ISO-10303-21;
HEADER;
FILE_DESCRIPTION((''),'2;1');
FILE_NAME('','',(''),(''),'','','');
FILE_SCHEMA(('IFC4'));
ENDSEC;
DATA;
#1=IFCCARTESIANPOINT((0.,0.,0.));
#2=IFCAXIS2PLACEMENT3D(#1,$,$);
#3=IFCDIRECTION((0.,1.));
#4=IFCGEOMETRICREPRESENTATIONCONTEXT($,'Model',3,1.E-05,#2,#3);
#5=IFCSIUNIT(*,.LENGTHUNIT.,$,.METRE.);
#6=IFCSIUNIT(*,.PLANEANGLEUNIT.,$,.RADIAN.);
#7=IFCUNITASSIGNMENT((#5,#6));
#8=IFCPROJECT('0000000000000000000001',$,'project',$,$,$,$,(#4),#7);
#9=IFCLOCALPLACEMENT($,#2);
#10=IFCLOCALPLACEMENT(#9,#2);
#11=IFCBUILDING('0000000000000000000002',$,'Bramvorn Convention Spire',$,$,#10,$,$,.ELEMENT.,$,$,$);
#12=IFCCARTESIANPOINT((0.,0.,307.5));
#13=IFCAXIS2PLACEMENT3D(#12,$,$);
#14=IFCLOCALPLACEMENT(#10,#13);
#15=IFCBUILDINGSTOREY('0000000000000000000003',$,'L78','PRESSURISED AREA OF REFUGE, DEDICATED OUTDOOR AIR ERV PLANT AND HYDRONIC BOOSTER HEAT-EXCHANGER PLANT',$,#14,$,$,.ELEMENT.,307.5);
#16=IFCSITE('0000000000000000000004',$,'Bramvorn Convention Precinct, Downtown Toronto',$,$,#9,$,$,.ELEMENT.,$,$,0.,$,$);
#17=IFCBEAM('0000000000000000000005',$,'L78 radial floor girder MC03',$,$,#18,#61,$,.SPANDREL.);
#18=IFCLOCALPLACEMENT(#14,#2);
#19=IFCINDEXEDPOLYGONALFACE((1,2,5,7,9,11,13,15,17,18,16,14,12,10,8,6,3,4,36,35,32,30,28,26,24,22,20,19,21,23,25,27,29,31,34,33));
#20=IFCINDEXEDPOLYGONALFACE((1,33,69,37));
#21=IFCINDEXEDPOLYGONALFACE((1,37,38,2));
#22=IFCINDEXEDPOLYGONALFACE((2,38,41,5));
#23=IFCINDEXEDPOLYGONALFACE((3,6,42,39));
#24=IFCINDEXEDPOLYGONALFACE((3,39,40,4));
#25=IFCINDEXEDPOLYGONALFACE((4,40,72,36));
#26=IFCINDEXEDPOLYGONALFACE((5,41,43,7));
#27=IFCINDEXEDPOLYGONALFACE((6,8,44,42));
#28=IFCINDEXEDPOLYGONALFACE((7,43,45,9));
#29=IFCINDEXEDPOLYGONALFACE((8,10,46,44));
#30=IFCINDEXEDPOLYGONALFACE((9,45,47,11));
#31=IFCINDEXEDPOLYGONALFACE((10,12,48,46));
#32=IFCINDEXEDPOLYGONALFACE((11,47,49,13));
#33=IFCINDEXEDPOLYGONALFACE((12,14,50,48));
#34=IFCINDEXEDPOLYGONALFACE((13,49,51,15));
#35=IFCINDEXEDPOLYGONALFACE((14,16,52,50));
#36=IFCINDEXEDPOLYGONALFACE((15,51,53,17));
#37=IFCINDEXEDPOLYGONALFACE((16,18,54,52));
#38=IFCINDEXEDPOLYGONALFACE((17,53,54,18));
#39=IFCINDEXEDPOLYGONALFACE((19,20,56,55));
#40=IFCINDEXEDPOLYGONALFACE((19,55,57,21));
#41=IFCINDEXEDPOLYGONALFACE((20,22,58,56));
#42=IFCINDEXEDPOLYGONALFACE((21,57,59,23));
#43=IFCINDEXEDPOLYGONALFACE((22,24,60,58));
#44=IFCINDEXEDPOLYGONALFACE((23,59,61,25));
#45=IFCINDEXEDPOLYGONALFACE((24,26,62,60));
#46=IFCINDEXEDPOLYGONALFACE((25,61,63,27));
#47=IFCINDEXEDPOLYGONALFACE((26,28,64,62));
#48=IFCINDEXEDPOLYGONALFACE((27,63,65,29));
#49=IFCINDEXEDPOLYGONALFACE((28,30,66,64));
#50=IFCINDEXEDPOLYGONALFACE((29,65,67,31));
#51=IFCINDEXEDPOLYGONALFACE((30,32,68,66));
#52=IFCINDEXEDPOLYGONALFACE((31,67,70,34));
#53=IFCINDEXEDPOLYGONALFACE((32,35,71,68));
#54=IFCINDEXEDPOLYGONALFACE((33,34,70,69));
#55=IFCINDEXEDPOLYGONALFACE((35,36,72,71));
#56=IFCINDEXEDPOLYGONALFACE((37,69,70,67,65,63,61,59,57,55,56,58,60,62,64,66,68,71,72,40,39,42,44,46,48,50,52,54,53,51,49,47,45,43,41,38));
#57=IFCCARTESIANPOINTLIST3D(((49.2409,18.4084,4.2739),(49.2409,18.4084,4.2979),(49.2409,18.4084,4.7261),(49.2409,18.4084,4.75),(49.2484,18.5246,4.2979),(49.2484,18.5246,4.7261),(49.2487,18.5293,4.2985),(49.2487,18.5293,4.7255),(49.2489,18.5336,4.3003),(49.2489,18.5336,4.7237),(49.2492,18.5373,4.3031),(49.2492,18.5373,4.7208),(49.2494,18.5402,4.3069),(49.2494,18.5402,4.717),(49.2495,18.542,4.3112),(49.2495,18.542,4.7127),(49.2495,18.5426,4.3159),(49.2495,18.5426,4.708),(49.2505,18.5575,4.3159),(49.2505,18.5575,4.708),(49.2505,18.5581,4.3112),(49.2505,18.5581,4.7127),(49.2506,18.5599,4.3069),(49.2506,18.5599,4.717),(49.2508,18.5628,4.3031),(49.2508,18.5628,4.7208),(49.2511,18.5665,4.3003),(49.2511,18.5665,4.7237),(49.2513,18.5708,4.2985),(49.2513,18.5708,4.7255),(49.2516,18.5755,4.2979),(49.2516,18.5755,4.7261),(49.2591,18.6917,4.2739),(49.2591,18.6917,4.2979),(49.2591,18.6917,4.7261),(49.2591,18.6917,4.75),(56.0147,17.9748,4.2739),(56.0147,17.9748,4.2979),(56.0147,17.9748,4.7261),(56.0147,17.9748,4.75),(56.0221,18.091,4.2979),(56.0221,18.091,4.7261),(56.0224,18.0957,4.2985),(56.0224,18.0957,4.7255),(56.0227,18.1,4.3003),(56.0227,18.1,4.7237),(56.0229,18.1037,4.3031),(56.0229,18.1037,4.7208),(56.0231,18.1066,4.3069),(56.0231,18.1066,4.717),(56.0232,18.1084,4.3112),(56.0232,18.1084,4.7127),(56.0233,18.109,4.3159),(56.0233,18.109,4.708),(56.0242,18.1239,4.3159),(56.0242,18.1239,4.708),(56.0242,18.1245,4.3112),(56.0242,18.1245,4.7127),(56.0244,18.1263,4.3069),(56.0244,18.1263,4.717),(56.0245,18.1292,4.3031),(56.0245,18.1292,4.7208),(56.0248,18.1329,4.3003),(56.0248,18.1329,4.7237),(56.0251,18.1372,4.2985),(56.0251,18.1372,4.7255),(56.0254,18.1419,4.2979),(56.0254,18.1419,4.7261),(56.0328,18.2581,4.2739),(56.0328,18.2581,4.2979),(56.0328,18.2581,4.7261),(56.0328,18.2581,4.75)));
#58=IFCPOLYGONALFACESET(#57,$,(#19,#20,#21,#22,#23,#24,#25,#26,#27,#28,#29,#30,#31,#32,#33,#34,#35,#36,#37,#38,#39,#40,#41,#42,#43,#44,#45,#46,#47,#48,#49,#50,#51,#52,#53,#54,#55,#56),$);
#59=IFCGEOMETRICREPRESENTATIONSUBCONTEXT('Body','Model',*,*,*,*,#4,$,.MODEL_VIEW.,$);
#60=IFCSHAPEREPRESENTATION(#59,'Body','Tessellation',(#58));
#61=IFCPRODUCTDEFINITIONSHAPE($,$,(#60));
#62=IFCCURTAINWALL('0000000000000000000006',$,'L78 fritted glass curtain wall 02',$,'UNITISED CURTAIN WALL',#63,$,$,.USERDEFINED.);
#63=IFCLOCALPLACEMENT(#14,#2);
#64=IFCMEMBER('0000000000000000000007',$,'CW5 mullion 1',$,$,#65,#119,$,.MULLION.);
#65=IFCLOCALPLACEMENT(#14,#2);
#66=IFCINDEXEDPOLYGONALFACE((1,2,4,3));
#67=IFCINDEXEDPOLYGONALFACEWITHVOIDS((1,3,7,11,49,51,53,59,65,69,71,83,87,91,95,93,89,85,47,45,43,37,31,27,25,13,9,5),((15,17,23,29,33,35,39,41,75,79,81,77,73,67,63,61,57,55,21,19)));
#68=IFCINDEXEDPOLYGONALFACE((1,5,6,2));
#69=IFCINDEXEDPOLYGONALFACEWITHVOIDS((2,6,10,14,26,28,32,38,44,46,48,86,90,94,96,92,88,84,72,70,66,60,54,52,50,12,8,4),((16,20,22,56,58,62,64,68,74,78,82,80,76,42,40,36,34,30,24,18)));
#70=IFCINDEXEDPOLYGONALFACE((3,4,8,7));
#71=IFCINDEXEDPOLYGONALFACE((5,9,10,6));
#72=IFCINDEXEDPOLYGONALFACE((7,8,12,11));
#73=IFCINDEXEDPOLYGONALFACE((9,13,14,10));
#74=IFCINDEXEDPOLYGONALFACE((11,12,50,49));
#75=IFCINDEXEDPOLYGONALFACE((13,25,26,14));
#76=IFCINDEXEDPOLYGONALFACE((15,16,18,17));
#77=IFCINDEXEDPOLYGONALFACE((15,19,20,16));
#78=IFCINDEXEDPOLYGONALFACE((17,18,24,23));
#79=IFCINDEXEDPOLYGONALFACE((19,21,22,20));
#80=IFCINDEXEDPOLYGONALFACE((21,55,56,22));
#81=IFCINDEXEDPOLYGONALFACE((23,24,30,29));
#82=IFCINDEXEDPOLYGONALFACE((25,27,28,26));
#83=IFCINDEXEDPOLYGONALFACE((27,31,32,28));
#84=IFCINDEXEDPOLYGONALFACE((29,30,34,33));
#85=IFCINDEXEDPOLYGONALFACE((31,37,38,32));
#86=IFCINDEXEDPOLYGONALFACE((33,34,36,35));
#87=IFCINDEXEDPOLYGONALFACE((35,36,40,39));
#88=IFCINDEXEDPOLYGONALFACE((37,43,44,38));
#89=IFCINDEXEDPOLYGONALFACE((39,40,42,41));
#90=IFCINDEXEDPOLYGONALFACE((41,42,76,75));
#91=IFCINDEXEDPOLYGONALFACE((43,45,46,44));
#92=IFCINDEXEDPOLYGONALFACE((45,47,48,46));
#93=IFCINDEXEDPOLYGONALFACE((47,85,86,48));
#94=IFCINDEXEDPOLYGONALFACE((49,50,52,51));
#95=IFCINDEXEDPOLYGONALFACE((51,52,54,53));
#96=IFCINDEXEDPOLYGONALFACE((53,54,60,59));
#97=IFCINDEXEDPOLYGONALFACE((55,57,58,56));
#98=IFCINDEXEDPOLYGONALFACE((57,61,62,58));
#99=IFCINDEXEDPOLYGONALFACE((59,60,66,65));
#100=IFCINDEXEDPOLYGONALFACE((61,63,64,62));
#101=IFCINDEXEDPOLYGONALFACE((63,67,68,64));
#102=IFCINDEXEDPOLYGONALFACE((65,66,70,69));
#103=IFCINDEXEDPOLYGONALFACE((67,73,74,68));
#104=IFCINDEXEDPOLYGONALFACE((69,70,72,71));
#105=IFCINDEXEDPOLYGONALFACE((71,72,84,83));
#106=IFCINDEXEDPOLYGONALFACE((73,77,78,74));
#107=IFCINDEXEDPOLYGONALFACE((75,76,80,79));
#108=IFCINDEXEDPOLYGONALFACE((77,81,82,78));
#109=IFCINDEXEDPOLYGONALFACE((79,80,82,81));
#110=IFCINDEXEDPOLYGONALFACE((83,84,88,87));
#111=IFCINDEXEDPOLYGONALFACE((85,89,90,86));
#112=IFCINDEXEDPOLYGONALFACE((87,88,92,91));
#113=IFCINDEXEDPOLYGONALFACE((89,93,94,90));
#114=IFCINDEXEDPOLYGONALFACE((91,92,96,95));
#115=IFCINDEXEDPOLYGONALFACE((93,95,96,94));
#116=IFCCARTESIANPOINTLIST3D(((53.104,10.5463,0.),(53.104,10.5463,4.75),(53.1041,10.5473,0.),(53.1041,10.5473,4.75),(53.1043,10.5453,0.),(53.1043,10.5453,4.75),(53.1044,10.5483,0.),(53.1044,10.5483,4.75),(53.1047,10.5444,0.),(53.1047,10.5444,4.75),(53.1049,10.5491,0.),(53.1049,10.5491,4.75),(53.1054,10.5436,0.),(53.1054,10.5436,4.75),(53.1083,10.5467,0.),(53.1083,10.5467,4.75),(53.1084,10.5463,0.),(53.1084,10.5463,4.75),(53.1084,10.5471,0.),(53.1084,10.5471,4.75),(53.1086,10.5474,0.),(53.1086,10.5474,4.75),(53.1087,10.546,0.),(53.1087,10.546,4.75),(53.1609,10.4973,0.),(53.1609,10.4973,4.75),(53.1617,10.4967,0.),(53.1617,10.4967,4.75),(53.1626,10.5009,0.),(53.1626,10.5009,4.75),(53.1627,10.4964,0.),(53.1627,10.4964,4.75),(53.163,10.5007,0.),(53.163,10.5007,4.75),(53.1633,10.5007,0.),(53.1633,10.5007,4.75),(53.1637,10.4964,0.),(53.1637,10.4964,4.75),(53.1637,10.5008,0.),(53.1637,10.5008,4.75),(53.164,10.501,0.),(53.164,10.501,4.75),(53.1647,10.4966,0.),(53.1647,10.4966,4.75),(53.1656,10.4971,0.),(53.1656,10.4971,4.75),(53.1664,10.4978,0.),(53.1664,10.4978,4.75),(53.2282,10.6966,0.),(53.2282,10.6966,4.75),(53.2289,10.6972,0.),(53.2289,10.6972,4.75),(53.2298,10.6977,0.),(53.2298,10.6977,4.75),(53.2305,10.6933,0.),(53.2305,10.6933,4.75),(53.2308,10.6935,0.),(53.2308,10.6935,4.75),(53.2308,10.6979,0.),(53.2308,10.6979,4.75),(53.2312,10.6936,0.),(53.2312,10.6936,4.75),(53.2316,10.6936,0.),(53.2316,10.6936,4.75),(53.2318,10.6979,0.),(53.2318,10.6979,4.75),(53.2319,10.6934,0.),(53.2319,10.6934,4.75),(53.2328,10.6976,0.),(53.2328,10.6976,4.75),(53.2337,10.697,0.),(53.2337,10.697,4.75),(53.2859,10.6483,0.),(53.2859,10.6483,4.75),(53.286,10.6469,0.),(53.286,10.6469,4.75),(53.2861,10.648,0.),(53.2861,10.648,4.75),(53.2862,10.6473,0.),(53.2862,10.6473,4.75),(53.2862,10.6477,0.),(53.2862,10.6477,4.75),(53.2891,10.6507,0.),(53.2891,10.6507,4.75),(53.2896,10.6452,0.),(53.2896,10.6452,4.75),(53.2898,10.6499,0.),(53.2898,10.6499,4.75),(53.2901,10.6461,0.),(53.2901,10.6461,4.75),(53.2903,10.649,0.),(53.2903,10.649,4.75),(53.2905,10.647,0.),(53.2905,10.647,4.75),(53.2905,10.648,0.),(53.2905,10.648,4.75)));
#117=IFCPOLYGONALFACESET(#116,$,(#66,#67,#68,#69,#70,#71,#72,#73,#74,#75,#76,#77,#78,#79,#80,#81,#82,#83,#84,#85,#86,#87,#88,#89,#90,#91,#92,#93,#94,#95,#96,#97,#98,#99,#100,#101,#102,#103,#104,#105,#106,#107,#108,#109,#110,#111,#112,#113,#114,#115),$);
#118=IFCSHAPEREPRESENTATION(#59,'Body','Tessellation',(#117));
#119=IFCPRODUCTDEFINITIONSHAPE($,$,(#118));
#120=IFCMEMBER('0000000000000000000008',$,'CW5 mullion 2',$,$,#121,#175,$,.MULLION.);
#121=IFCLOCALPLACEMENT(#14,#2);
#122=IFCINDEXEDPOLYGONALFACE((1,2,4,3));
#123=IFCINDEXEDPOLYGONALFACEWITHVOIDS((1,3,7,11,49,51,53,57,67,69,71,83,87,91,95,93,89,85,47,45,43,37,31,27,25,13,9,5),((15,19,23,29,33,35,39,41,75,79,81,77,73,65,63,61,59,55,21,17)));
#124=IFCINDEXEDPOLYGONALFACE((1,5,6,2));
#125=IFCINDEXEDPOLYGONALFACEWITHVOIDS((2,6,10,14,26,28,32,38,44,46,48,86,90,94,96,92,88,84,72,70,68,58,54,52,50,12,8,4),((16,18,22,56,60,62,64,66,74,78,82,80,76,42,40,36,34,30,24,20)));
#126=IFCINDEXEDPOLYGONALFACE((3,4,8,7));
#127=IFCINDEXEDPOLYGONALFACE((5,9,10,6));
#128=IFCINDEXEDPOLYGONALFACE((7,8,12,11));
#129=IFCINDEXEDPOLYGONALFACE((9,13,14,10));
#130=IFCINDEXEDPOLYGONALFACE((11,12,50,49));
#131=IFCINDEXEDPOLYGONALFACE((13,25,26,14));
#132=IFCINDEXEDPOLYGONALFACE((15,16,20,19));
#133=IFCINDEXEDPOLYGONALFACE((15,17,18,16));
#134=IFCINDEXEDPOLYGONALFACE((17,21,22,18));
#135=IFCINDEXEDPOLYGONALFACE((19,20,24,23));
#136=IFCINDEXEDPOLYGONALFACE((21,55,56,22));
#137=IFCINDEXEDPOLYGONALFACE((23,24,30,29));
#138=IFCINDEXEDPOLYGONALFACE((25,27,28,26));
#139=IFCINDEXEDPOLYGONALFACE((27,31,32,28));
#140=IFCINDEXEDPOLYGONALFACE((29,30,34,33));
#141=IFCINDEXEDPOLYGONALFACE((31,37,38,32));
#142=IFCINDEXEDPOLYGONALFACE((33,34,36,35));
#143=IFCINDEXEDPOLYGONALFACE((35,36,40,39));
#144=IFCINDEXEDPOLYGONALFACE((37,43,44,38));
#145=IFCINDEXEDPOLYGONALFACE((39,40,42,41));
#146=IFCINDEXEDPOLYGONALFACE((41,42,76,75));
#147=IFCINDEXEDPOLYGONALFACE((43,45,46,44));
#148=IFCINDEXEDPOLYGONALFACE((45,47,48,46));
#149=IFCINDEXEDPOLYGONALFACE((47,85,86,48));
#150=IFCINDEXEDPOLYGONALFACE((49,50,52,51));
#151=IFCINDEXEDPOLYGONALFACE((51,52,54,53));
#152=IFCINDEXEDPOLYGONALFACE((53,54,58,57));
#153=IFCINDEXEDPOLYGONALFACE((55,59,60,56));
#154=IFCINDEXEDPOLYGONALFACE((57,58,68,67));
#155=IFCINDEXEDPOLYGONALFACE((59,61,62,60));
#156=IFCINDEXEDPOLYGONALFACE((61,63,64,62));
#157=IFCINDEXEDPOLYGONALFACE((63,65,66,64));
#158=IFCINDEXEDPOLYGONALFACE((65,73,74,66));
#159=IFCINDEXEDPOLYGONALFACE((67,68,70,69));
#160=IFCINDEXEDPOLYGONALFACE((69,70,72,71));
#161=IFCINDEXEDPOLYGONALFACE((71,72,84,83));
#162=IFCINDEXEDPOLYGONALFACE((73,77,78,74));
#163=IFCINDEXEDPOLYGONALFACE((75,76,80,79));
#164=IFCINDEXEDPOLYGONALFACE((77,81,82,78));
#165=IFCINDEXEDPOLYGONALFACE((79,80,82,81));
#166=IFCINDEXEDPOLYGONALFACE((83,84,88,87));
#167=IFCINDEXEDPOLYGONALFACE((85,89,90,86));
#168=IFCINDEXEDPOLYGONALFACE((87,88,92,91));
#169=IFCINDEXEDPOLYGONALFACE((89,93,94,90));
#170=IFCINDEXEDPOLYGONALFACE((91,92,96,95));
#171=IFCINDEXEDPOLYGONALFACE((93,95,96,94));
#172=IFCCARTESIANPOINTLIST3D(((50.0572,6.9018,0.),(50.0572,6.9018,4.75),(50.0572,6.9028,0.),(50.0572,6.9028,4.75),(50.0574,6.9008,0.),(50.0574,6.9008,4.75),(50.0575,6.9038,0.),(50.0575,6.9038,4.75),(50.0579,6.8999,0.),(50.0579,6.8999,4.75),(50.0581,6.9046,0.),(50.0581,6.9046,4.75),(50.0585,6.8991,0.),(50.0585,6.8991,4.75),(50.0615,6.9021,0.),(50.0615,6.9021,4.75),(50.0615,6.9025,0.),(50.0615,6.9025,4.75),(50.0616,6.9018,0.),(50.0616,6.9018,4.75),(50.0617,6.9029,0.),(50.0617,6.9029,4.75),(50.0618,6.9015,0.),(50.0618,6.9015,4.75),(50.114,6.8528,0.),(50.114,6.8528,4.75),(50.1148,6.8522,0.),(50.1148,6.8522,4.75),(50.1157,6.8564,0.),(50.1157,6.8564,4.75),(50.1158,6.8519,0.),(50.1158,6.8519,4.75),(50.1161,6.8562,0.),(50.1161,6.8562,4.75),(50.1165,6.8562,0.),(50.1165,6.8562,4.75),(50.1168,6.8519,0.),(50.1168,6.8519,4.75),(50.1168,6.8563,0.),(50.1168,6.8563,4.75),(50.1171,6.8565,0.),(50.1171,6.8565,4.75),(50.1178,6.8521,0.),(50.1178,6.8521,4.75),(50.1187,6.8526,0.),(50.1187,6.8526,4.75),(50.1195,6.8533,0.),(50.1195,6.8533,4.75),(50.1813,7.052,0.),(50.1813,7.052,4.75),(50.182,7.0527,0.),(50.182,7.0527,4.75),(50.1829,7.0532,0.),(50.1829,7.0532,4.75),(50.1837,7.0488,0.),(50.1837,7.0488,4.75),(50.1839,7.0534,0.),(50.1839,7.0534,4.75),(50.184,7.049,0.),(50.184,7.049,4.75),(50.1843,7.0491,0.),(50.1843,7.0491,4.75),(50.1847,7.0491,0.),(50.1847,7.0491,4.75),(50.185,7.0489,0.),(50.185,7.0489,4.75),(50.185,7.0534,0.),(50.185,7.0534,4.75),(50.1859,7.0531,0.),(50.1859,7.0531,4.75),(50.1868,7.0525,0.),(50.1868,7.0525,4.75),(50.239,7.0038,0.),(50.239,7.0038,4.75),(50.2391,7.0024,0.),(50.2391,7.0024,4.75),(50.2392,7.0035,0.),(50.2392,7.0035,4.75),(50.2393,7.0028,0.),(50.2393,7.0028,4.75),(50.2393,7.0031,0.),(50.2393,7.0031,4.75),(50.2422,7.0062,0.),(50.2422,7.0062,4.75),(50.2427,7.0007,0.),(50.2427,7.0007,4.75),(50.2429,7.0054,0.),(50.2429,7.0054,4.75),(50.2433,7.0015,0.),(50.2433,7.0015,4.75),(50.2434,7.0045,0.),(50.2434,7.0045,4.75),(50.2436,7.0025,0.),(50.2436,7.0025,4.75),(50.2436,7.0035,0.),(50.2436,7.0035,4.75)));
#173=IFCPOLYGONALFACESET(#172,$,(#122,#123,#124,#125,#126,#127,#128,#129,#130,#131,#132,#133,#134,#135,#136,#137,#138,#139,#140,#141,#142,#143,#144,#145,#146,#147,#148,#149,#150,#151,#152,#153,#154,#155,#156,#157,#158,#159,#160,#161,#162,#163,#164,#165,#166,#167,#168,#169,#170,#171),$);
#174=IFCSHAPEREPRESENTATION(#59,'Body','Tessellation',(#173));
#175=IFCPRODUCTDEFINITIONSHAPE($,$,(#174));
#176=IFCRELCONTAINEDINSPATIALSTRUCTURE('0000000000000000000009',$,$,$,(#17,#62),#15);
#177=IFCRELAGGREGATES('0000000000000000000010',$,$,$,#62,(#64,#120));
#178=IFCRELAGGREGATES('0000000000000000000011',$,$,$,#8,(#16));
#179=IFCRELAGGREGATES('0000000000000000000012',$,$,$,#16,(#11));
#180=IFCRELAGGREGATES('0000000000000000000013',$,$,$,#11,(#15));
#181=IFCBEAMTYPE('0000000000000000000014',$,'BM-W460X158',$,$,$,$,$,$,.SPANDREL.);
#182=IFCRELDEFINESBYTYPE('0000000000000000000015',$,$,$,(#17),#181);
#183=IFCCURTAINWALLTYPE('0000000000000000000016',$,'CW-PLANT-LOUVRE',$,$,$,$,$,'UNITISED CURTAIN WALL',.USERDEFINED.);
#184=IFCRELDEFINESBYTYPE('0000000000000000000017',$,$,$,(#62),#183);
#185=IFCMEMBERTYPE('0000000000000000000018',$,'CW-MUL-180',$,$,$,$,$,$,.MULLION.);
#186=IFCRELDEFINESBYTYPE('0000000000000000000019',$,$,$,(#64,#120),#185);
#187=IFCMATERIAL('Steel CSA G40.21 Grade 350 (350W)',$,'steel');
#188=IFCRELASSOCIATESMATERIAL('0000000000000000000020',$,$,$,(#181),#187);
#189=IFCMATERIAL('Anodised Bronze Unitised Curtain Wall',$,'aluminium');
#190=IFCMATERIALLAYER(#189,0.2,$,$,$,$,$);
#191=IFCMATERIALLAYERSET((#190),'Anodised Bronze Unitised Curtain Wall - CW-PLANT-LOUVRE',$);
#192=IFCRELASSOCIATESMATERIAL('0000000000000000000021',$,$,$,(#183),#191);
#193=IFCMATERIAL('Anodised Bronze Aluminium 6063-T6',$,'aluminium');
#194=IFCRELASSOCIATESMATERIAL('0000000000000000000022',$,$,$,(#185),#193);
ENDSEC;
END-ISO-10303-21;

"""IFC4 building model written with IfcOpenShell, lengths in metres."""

from ifc_helpers import new_model, si_unit, direction, frame, origin, origin_2d, place, context, subcontext, project, spatial, hollow_rectangle, i_section, extrude, material, layer, layer_set, material_profile, profile_set, type_object, element, aggregate, save


model = new_model("IFC4")

# Units and contexts
model_context = context("Model", 3, precision=1e-05, world=origin(), true_north=direction((0.0, 1.0)))
body_context = subcontext(model_context, "Body", "Model", "MODEL_VIEW")
ifc_project = project(units=[si_unit("LENGTHUNIT", "METRE"), si_unit("PLANEANGLEUNIT", "RADIAN")], contexts=[model_context])

# Site, building, storey
site_placement = place(None, origin())
site = spatial("IfcSite", under=ifc_project, at=site_placement, Name="Bramvorn Convention Precinct, Downtown Toronto", CompositionType="ELEMENT", RefElevation=0.0)
building_placement = place(site_placement, origin())
building = spatial("IfcBuilding", under=site, at=building_placement, Name="Bramvorn Convention Spire", CompositionType="ELEMENT")
storey_placement = place(building_placement, frame((0.0, 0.0, 307.5)))
storey = spatial("IfcBuildingStorey", under=building, at=storey_placement, Name="L78", Description="PRESSURISED AREA OF REFUGE, DEDICATED OUTDOOR AIR ERV PLANT AND HYDRONIC BOOSTER HEAT-EXCHANGER PLANT", CompositionType="ELEMENT", Elevation=307.5)

# Shared definitions
ifc_material_1 = material(Name="Steel CSA G40.21 Grade 350 (350W)", Category="steel")

# Beam
ifc_material_profile_1 = material_profile(ifc_material_1, i_section(OverallWidth=0.2839, OverallDepth=0.4761, WebThickness=0.0149, FlangeThickness=0.0239, FilletRadius=0.0181, at=origin_2d()))
ifc_profile_set_1 = profile_set([ifc_material_profile_1], Name="Steel CSA G40.21 Grade 350 (350W) - W460X158")
beam_type_1 = type_object("IfcBeamType", Name="BM-W460X158", PredefinedType="SPANDREL", material=ifc_profile_set_1)
beam_1_placement = place(storey_placement, frame((49.25, 18.55, 4.512), z_axis=(0.997958, -0.063881, 0.0), x_axis=(0.063881, 0.997958, 0.0)))
element("IfcBeam", 1, at=beam_1_placement, inside=storey, type_object=beam_type_1, Name="L78 radial floor girder MC03", PredefinedType="SPANDREL", context=body_context, shape_type="SweptSolid", body=[
    extrude(i_section(OverallWidth=0.2839, OverallDepth=0.4761, WebThickness=0.0149, FlangeThickness=0.0239, FilletRadius=0.0181, at=origin_2d()), origin(), (0.0, 0.0, 1.0), 6.7876),
])

# Curtain wall, members
ifc_material_2 = material(Name="Anodised Bronze Unitised Curtain Wall", Category="aluminium")
ifc_layer_1 = layer(ifc_material_2, 0.2)
ifc_layer_set_1 = layer_set([ifc_layer_1], Name="Anodised Bronze Unitised Curtain Wall - CW-PLANT-LOUVRE")
curtain_wall_type = type_object("IfcCurtainWallType", Name="CW-PLANT-LOUVRE", ElementType="UNITISED CURTAIN WALL", PredefinedType="USERDEFINED", material=ifc_layer_set_1)
curtain_wall_1_placement = place(storey_placement, origin())
curtain_wall_1 = element("IfcCurtainWall", 2, at=curtain_wall_1_placement, inside=storey, type_object=curtain_wall_type, Name="L78 fritted glass curtain wall 02", ObjectType="UNITISED CURTAIN WALL", PredefinedType="USERDEFINED")
ifc_material_3 = material(Name="Anodised Bronze Aluminium 6063-T6", Category="aluminium")
ifc_material_profile_2 = material_profile(ifc_material_3, hollow_rectangle(XDim=0.0801, YDim=0.2, WallThickness=0.0039, InnerFilletRadius=0.001, OuterFilletRadius=0.0039, at=origin_2d()))
ifc_profile_set_2 = profile_set([ifc_material_profile_2], Name="Anodised Bronze Aluminium 6063-T6 - CWM80X200")
member_type_1 = type_object("IfcMemberType", Name="CW-MUL-180", PredefinedType="MULLION", material=ifc_profile_set_2)
member_1_placement = place(storey_placement, frame((53.1973, 10.5972, 0.0), z_axis=(0.0, 0.0, 1.0), x_axis=(0.767206, -0.6414, 0.0)))
member_1 = element("IfcMember", 3, at=member_1_placement, type_object=member_type_1, Name="CW5 mullion 1", PredefinedType="MULLION", context=body_context, shape_type="SweptSolid", body=[
    extrude(hollow_rectangle(XDim=0.0801, YDim=0.2, WallThickness=0.0039, InnerFilletRadius=0.001, OuterFilletRadius=0.0039, at=origin_2d()), origin(), (0.0, 0.0, 1.0), 4.75),
])
member_2_placement = place(storey_placement, frame((50.1504, 6.9526, 0.0), z_axis=(0.0, 0.0, 1.0), x_axis=(0.767206, -0.6414, 0.0)))
member_2 = element("IfcMember", 4, at=member_2_placement, type_object=member_type_1, Name="CW5 mullion 2", PredefinedType="MULLION", context=body_context, shape_type="SweptSolid", body=[
    extrude(hollow_rectangle(XDim=0.0801, YDim=0.2, WallThickness=0.0039, InnerFilletRadius=0.001, OuterFilletRadius=0.0039, at=origin_2d()), origin(), (0.0, 0.0, 1.0), 4.75),
])

aggregate(curtain_wall_1, [member_1, member_2])

save(model, "model.ifc")
